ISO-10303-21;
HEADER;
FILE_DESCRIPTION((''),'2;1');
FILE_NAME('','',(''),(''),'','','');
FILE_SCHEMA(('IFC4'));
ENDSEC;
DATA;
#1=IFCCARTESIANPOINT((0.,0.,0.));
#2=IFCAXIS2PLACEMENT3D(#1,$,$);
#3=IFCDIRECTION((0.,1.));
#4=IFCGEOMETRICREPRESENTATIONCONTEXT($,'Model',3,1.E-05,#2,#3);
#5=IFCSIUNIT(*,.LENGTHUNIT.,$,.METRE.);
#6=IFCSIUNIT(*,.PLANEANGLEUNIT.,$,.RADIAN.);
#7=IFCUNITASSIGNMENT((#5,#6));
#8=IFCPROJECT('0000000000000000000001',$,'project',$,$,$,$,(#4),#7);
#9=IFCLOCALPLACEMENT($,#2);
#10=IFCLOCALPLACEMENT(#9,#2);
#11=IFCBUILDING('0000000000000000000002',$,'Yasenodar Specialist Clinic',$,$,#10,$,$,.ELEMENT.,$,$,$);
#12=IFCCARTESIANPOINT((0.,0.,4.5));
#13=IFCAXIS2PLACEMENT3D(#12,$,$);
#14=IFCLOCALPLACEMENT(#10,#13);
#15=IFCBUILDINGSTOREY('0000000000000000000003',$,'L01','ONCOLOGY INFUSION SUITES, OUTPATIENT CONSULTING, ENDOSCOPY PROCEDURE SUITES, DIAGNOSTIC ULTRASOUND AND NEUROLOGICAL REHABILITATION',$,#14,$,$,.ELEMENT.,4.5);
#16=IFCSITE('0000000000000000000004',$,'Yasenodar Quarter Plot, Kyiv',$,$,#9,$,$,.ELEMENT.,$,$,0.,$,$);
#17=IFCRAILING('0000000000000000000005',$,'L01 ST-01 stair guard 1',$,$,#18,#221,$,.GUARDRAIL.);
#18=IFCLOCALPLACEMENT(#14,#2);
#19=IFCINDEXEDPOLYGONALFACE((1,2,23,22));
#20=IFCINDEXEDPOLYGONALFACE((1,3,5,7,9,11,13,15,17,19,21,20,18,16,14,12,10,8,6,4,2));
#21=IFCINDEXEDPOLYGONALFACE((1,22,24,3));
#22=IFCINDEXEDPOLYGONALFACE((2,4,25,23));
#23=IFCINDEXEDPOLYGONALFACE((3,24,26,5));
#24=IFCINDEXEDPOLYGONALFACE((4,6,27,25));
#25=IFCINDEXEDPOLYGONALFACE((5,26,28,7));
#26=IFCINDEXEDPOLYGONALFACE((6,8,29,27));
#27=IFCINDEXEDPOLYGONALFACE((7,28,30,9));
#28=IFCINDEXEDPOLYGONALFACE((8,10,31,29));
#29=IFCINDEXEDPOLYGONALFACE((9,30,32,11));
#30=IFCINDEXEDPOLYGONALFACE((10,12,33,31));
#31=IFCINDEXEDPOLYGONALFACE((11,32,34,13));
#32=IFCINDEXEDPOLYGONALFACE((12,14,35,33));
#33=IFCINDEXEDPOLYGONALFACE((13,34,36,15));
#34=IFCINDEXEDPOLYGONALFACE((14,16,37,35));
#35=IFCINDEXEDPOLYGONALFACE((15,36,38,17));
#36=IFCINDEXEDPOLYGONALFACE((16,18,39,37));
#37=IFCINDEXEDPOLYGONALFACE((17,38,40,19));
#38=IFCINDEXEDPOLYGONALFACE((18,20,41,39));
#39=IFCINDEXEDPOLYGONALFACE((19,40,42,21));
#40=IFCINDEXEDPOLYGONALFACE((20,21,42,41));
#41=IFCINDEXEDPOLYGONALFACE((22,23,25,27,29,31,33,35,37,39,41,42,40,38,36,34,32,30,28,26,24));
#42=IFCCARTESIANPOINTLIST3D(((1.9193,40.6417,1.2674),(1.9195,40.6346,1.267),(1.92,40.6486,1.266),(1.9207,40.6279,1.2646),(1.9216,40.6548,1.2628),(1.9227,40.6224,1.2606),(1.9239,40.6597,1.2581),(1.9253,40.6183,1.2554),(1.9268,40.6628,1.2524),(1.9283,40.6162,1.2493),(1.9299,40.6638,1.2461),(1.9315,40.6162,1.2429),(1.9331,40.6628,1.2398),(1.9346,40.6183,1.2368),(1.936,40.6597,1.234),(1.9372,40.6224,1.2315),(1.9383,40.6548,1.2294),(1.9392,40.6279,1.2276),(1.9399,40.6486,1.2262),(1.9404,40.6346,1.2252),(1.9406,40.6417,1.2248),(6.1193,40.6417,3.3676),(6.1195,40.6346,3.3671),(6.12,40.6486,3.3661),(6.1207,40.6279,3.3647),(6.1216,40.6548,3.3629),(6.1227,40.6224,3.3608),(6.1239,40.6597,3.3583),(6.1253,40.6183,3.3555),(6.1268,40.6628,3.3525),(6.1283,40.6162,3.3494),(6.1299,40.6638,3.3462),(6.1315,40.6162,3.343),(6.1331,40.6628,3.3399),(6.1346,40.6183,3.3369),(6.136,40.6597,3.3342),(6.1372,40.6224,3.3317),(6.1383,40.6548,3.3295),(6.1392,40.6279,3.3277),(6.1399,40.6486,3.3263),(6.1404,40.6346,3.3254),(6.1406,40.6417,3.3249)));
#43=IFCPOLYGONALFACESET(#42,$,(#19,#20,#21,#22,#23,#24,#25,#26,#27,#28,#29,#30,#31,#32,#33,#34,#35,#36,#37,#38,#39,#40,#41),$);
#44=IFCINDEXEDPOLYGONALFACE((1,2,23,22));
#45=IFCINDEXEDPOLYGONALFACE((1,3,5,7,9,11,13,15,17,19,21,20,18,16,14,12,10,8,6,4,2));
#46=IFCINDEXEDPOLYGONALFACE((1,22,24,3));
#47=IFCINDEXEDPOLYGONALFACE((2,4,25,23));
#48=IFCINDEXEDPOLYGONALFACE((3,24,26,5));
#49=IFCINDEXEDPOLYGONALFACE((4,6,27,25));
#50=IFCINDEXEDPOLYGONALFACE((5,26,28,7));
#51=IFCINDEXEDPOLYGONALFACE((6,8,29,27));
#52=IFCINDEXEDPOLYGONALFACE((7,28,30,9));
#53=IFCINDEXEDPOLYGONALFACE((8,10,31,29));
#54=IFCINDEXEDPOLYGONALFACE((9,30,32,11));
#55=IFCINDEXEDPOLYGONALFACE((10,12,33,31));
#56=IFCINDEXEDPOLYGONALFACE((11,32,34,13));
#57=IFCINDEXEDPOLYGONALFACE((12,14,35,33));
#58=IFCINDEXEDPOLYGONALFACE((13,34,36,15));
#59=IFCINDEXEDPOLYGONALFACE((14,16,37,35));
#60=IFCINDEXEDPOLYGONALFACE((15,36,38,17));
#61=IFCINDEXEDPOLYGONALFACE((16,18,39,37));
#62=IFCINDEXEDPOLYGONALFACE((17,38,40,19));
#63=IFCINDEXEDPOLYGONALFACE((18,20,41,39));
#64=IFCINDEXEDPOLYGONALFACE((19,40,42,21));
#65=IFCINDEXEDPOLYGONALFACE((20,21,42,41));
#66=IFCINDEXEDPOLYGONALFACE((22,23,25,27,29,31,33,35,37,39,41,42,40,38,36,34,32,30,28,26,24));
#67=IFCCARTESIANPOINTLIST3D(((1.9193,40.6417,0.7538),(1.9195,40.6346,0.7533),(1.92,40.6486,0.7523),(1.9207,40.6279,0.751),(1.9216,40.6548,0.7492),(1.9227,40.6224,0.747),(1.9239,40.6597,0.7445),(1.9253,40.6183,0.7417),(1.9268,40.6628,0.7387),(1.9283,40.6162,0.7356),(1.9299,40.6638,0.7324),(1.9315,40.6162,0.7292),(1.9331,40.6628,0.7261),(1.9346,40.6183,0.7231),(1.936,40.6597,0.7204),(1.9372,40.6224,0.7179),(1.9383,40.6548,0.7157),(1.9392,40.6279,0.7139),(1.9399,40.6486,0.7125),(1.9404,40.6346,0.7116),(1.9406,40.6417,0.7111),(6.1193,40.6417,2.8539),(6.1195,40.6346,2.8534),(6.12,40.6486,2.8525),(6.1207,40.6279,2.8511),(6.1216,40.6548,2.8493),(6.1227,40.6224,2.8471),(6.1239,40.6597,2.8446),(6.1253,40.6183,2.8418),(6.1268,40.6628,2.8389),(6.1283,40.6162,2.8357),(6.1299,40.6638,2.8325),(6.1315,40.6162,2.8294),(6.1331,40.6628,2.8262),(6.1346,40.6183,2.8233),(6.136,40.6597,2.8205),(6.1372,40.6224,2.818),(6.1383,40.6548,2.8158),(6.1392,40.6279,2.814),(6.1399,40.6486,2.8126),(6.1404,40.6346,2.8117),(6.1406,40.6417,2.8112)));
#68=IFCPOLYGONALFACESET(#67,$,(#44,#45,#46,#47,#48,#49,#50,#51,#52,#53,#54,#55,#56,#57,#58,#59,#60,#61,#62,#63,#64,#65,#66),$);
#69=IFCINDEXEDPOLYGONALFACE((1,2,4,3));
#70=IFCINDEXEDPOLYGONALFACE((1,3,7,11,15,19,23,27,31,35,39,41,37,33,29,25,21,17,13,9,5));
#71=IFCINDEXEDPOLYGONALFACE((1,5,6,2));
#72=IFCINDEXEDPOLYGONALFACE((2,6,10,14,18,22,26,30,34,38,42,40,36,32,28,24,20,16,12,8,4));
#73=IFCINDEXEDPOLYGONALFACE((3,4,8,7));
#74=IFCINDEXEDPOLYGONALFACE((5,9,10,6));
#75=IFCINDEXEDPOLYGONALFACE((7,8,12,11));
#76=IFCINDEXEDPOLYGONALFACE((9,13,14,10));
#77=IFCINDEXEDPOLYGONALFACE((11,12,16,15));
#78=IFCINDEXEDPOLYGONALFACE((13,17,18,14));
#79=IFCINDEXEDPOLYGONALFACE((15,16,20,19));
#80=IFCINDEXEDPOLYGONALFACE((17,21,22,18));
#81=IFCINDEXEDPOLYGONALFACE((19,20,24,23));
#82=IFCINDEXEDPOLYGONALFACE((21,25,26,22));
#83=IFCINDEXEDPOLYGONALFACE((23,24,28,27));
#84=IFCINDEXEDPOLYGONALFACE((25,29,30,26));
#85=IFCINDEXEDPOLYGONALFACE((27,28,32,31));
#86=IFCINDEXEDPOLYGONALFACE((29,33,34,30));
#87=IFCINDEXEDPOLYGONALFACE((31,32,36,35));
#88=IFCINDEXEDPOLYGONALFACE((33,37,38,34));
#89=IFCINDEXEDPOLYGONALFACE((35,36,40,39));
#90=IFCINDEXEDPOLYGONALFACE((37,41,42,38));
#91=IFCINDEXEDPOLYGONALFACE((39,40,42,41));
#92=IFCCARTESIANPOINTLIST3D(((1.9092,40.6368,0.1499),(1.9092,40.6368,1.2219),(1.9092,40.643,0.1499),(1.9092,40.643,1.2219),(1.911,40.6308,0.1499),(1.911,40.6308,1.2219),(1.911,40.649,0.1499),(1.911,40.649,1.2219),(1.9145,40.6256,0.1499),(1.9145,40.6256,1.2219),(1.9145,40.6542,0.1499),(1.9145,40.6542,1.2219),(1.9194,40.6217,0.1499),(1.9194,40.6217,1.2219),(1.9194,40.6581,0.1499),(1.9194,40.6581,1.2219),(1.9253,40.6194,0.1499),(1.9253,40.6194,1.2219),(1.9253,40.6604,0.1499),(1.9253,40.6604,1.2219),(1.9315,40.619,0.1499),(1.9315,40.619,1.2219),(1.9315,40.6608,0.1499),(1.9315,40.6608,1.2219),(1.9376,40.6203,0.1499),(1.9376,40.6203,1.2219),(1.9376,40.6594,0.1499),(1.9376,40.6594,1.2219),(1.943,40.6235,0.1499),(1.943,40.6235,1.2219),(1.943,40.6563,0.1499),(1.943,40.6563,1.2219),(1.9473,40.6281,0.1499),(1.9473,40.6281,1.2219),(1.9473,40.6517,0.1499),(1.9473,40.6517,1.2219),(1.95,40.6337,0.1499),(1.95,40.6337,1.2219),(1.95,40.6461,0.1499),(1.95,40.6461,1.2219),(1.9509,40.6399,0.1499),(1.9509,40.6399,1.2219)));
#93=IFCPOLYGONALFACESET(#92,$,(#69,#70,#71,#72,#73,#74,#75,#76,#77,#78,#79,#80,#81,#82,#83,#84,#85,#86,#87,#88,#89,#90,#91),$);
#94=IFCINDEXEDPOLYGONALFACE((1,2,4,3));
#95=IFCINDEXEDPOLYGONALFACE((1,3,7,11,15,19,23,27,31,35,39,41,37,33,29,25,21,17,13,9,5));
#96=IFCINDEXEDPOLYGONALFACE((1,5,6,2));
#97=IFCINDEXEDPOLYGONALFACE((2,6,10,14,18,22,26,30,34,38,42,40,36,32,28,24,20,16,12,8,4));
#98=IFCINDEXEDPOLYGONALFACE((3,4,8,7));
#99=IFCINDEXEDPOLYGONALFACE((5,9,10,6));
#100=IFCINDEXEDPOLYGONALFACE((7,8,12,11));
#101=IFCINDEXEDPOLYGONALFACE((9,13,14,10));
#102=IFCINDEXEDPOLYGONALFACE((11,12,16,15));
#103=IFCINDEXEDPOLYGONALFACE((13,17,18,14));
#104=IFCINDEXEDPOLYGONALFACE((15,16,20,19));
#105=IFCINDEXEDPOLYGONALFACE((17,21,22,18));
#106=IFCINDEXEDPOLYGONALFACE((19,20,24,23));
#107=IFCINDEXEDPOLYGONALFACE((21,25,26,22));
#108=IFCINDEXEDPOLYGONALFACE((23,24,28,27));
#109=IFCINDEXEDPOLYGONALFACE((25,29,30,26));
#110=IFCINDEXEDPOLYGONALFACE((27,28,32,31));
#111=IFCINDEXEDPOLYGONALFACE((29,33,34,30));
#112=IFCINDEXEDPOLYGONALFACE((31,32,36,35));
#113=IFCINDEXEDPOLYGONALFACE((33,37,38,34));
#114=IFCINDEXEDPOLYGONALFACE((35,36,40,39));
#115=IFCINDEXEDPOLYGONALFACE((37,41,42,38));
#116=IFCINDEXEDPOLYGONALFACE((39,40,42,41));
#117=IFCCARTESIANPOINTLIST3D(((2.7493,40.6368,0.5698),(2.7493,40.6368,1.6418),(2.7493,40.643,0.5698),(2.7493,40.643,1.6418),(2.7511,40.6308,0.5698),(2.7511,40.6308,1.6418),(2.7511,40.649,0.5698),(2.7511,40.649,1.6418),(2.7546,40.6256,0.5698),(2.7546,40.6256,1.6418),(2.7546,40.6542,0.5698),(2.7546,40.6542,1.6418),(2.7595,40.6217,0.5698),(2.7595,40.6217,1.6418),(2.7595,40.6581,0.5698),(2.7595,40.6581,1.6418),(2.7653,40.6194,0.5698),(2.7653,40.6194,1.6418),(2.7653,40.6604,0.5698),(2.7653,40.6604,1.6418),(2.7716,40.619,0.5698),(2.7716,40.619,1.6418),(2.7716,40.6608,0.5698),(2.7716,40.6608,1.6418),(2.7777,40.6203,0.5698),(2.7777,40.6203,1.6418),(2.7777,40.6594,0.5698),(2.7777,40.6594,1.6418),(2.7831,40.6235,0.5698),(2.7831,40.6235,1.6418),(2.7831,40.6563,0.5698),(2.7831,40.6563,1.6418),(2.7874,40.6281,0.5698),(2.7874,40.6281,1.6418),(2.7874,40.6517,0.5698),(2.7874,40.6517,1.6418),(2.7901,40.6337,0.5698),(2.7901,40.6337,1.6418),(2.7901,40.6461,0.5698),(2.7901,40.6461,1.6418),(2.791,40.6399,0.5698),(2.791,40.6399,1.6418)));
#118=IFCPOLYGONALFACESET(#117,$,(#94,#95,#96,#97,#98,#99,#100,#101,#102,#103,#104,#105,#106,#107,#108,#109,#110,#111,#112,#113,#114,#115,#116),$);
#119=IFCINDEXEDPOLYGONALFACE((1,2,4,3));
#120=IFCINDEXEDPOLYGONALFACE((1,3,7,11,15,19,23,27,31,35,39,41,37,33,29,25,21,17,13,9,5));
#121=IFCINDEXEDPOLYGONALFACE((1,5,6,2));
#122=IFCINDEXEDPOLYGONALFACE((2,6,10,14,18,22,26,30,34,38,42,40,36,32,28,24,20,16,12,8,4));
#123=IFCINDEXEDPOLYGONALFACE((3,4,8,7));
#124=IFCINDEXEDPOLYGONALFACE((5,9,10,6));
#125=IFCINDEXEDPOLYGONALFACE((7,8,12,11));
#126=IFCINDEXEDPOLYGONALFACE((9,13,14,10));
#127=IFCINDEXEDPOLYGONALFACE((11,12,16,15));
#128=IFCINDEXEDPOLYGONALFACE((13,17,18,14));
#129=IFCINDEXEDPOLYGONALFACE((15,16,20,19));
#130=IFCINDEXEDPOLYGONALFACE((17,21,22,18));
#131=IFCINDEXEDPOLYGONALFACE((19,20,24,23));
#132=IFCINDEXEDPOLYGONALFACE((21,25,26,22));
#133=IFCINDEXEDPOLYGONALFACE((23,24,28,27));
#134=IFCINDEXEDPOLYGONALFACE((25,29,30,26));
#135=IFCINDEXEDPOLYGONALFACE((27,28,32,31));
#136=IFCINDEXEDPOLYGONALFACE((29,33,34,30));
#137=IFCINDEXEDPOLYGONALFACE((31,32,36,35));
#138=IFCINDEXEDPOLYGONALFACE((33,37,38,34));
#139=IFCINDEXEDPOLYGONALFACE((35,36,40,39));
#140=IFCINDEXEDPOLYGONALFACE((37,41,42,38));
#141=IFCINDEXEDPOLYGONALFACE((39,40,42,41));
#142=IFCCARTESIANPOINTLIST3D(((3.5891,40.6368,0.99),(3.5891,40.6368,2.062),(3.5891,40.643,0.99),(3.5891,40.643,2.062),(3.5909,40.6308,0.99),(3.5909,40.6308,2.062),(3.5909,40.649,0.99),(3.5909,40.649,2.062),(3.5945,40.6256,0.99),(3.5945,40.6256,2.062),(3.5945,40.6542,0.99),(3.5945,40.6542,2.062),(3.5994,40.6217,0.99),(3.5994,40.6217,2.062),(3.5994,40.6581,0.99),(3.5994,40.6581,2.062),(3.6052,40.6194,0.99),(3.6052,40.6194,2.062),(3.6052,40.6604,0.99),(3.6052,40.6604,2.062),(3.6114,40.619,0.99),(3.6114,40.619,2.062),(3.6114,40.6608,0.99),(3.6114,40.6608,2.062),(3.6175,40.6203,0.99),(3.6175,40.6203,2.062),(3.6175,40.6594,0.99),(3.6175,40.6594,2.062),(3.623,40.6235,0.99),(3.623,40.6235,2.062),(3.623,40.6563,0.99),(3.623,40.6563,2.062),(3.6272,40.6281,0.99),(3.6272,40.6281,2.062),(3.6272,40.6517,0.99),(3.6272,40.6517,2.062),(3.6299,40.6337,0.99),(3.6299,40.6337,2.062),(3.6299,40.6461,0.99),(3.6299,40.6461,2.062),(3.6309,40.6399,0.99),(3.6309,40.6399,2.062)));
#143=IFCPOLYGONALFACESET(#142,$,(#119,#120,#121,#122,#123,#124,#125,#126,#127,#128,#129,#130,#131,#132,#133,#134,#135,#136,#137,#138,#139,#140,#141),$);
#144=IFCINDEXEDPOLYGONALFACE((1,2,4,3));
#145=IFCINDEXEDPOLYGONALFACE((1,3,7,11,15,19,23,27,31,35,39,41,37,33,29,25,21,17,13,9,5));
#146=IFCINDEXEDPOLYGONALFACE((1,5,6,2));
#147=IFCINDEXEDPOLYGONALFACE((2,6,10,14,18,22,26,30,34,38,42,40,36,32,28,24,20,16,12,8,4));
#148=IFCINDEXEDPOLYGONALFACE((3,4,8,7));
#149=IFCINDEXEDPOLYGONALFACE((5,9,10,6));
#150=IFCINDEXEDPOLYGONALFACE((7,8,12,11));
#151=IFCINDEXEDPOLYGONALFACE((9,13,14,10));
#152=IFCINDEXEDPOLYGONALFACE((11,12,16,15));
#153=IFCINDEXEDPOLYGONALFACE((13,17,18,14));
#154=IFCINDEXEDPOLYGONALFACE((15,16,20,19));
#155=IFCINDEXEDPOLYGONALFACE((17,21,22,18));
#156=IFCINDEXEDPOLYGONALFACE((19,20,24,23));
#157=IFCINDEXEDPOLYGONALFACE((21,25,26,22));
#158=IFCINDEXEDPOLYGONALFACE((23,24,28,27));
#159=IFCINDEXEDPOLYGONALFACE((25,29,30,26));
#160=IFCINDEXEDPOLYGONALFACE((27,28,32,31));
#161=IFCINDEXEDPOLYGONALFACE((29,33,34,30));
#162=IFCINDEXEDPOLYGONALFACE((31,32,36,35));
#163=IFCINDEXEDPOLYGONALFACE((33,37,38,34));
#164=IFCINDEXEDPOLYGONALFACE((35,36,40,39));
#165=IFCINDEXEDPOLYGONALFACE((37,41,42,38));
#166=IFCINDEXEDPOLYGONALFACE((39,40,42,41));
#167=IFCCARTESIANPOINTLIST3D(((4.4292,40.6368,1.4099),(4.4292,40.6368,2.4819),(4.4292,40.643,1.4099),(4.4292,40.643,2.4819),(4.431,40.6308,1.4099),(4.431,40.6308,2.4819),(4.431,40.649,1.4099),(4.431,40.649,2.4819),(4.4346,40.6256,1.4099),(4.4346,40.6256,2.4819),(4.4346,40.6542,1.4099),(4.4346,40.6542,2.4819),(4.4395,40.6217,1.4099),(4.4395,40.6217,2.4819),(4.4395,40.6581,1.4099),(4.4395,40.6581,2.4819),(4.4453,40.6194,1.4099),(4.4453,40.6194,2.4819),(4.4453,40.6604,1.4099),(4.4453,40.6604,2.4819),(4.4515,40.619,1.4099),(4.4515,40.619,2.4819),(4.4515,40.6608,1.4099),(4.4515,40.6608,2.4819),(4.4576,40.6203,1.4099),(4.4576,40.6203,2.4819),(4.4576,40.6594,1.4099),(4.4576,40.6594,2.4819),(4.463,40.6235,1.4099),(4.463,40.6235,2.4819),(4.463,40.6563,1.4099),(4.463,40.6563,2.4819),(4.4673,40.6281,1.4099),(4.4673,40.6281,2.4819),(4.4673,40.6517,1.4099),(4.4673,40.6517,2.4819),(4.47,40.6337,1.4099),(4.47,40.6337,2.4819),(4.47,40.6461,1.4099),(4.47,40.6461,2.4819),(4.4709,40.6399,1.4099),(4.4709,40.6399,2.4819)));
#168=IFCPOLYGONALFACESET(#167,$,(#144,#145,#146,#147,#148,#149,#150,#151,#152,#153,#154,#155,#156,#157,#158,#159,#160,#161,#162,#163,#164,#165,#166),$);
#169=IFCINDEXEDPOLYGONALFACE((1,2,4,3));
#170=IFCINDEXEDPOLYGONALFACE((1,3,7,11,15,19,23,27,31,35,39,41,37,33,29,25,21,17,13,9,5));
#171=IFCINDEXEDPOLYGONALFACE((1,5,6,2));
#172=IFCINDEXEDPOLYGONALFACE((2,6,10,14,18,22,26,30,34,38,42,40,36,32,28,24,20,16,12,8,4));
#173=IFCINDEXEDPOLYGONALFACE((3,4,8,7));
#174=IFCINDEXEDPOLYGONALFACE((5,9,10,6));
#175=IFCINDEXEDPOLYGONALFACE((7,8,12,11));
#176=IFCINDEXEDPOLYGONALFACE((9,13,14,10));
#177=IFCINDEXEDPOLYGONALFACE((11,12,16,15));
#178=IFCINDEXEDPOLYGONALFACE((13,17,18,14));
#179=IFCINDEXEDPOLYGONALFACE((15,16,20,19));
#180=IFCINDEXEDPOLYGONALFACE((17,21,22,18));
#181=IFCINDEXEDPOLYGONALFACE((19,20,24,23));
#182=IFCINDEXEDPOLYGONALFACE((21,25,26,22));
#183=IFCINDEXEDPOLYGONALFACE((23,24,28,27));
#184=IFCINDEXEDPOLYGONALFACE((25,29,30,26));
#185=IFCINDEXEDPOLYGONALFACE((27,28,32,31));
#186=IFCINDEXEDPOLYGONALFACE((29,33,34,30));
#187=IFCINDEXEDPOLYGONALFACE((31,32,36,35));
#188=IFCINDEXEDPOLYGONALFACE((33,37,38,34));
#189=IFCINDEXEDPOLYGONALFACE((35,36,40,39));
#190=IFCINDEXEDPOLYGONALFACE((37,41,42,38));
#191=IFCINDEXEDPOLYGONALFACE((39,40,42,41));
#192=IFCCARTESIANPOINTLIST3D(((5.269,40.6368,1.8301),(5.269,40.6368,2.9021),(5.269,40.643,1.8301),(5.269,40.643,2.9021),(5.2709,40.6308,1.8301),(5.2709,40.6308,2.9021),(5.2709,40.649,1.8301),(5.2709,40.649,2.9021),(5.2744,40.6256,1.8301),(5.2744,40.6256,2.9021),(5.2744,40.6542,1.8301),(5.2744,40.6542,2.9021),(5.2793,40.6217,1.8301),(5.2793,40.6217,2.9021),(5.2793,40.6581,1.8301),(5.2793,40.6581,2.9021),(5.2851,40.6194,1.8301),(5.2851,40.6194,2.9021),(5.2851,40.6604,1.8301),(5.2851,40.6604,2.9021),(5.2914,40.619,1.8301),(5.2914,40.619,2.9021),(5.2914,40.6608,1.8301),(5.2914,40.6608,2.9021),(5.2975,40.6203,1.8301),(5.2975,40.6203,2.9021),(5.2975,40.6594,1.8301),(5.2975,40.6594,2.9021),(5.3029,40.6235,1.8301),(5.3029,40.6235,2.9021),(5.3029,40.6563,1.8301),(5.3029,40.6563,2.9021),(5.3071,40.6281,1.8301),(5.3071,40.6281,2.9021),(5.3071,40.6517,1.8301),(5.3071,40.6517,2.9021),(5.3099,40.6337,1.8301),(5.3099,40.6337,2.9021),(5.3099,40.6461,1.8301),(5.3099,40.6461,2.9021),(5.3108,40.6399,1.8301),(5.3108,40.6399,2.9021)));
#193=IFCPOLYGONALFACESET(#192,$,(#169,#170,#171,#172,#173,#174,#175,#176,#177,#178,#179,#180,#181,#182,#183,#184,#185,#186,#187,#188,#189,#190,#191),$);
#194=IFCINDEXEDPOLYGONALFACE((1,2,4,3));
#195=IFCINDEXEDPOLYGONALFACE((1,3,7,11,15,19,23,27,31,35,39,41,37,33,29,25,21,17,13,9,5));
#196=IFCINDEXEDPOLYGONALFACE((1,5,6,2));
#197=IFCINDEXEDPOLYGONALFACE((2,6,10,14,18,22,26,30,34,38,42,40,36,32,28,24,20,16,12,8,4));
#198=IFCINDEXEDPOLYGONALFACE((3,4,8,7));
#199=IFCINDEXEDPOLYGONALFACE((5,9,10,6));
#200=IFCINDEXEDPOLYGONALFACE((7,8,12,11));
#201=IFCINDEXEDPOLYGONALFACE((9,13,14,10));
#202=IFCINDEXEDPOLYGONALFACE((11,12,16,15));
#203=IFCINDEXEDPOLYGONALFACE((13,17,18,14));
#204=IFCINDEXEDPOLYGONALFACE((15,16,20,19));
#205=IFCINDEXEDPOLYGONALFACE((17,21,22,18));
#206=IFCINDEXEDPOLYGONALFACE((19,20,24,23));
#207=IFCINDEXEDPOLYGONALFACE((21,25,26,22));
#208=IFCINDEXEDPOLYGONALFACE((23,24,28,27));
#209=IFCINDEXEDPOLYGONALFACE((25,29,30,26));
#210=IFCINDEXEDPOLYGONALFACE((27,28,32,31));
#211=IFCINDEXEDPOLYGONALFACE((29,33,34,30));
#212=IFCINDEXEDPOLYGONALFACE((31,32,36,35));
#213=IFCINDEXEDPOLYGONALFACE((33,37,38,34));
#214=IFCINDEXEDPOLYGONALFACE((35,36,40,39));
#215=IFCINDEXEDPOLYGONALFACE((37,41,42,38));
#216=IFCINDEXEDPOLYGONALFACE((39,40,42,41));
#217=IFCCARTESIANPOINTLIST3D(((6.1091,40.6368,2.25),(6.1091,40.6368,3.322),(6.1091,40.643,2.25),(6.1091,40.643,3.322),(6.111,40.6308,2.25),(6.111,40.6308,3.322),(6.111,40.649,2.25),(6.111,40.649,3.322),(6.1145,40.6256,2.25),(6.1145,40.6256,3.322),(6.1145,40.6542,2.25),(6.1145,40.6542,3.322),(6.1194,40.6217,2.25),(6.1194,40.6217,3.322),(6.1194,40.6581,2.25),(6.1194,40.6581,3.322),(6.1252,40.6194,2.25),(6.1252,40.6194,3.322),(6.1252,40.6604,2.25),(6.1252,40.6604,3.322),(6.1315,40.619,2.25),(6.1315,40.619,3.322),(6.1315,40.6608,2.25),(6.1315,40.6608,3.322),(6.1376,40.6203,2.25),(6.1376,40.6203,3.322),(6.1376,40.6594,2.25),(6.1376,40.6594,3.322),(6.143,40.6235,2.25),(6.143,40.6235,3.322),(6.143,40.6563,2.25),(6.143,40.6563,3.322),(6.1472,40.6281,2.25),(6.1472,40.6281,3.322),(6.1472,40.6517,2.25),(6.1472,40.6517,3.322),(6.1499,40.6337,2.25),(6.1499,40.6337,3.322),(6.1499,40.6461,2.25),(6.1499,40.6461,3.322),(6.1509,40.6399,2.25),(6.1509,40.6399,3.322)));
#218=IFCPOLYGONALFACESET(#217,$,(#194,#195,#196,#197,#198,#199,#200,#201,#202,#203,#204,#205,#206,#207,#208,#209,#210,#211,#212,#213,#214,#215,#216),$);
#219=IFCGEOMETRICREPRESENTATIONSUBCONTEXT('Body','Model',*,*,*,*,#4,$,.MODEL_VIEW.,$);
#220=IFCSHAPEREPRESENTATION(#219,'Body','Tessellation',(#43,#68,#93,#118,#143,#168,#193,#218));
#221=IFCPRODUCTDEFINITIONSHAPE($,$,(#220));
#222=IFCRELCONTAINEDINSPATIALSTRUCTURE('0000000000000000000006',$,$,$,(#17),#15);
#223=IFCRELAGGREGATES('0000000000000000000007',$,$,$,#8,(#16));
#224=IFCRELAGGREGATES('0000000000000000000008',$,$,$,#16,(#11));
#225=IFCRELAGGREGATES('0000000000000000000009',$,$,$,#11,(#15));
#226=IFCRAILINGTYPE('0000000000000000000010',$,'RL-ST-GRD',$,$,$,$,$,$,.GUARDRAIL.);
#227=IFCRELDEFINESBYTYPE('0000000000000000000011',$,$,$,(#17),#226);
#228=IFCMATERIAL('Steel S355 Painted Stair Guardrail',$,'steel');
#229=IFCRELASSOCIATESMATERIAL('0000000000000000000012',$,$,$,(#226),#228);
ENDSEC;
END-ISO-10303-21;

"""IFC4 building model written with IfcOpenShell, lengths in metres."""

from ifc_helpers import new_model, si_unit, direction, frame, origin, origin_2d, place, context, subcontext, project, spatial, circle, extrude, material, type_object, element, save


model = new_model("IFC4")

# Units and contexts
model_context = context("Model", 3, precision=1e-05, world=origin(), true_north=direction((0.0, 1.0)))
body_context = subcontext(model_context, "Body", "Model", "MODEL_VIEW")
ifc_project = project(units=[si_unit("LENGTHUNIT", "METRE"), si_unit("PLANEANGLEUNIT", "RADIAN")], contexts=[model_context])

# Site, building, storey
site_placement = place(None, origin())
site = spatial("IfcSite", under=ifc_project, at=site_placement, Name="Yasenodar Quarter Plot, Kyiv", CompositionType="ELEMENT", RefElevation=0.0)
building_placement = place(site_placement, origin())
building = spatial("IfcBuilding", under=site, at=building_placement, Name="Yasenodar Specialist Clinic", CompositionType="ELEMENT")
storey_placement = place(building_placement, frame((0.0, 0.0, 4.5)))
storey = spatial("IfcBuildingStorey", under=building, at=storey_placement, Name="L01", Description="ONCOLOGY INFUSION SUITES, OUTPATIENT CONSULTING, ENDOSCOPY PROCEDURE SUITES, DIAGNOSTIC ULTRASOUND AND NEUROLOGICAL REHABILITATION", CompositionType="ELEMENT", Elevation=4.5)

# Railing
ifc_material_1 = material(Name="Steel S355 Painted Stair Guardrail", Category="steel")
railing_type_1 = type_object("IfcRailingType", Name="RL-ST-GRD", PredefinedType="GUARDRAIL", material=ifc_material_1)
railing_1_placement = place(storey_placement, frame((1.9299, 40.6399, 0.1499)))
element("IfcRailing", 1, at=railing_1_placement, inside=storey, type_object=railing_type_1, Name="L01 ST-01 stair guard 1", PredefinedType="GUARDRAIL", context=body_context, shape_type="SweptSolid", body=[
    extrude(circle(Radius=0.0239, at=origin_2d()), frame((0.0, 0.0, 1.0962), z_axis=(0.894417, 0.0, 0.447234), x_axis=(0.0, 1.0, 0.0)), (0.0, 0.0, 1.0), 4.6958),
    extrude(circle(Radius=0.0239, at=origin_2d()), frame((0.0, 0.0, 0.5825), z_axis=(0.894417, 0.0, 0.447234), x_axis=(0.0, 1.0, 0.0)), (0.0, 0.0, 1.0), 4.6958),
    extrude(circle(Radius=0.021, at=origin_2d()), origin(), (0.0, 0.0, 1.0), 1.072),
    extrude(circle(Radius=0.021, at=origin_2d()), frame((0.8401, 0.0, 0.4199)), (0.0, 0.0, 1.0), 1.072),
    extrude(circle(Radius=0.021, at=origin_2d()), frame((1.6799, 0.0, 0.8401)), (0.0, 0.0, 1.0), 1.072),
    extrude(circle(Radius=0.021, at=origin_2d()), frame((2.52, 0.0, 1.26)), (0.0, 0.0, 1.0), 1.072),
    extrude(circle(Radius=0.021, at=origin_2d()), frame((3.3599, 0.0, 1.6802)), (0.0, 0.0, 1.0), 1.072),
    extrude(circle(Radius=0.021, at=origin_2d()), frame((4.2, 0.0, 2.1001)), (0.0, 0.0, 1.0), 1.072),
])

save(model, "model.ifc")
